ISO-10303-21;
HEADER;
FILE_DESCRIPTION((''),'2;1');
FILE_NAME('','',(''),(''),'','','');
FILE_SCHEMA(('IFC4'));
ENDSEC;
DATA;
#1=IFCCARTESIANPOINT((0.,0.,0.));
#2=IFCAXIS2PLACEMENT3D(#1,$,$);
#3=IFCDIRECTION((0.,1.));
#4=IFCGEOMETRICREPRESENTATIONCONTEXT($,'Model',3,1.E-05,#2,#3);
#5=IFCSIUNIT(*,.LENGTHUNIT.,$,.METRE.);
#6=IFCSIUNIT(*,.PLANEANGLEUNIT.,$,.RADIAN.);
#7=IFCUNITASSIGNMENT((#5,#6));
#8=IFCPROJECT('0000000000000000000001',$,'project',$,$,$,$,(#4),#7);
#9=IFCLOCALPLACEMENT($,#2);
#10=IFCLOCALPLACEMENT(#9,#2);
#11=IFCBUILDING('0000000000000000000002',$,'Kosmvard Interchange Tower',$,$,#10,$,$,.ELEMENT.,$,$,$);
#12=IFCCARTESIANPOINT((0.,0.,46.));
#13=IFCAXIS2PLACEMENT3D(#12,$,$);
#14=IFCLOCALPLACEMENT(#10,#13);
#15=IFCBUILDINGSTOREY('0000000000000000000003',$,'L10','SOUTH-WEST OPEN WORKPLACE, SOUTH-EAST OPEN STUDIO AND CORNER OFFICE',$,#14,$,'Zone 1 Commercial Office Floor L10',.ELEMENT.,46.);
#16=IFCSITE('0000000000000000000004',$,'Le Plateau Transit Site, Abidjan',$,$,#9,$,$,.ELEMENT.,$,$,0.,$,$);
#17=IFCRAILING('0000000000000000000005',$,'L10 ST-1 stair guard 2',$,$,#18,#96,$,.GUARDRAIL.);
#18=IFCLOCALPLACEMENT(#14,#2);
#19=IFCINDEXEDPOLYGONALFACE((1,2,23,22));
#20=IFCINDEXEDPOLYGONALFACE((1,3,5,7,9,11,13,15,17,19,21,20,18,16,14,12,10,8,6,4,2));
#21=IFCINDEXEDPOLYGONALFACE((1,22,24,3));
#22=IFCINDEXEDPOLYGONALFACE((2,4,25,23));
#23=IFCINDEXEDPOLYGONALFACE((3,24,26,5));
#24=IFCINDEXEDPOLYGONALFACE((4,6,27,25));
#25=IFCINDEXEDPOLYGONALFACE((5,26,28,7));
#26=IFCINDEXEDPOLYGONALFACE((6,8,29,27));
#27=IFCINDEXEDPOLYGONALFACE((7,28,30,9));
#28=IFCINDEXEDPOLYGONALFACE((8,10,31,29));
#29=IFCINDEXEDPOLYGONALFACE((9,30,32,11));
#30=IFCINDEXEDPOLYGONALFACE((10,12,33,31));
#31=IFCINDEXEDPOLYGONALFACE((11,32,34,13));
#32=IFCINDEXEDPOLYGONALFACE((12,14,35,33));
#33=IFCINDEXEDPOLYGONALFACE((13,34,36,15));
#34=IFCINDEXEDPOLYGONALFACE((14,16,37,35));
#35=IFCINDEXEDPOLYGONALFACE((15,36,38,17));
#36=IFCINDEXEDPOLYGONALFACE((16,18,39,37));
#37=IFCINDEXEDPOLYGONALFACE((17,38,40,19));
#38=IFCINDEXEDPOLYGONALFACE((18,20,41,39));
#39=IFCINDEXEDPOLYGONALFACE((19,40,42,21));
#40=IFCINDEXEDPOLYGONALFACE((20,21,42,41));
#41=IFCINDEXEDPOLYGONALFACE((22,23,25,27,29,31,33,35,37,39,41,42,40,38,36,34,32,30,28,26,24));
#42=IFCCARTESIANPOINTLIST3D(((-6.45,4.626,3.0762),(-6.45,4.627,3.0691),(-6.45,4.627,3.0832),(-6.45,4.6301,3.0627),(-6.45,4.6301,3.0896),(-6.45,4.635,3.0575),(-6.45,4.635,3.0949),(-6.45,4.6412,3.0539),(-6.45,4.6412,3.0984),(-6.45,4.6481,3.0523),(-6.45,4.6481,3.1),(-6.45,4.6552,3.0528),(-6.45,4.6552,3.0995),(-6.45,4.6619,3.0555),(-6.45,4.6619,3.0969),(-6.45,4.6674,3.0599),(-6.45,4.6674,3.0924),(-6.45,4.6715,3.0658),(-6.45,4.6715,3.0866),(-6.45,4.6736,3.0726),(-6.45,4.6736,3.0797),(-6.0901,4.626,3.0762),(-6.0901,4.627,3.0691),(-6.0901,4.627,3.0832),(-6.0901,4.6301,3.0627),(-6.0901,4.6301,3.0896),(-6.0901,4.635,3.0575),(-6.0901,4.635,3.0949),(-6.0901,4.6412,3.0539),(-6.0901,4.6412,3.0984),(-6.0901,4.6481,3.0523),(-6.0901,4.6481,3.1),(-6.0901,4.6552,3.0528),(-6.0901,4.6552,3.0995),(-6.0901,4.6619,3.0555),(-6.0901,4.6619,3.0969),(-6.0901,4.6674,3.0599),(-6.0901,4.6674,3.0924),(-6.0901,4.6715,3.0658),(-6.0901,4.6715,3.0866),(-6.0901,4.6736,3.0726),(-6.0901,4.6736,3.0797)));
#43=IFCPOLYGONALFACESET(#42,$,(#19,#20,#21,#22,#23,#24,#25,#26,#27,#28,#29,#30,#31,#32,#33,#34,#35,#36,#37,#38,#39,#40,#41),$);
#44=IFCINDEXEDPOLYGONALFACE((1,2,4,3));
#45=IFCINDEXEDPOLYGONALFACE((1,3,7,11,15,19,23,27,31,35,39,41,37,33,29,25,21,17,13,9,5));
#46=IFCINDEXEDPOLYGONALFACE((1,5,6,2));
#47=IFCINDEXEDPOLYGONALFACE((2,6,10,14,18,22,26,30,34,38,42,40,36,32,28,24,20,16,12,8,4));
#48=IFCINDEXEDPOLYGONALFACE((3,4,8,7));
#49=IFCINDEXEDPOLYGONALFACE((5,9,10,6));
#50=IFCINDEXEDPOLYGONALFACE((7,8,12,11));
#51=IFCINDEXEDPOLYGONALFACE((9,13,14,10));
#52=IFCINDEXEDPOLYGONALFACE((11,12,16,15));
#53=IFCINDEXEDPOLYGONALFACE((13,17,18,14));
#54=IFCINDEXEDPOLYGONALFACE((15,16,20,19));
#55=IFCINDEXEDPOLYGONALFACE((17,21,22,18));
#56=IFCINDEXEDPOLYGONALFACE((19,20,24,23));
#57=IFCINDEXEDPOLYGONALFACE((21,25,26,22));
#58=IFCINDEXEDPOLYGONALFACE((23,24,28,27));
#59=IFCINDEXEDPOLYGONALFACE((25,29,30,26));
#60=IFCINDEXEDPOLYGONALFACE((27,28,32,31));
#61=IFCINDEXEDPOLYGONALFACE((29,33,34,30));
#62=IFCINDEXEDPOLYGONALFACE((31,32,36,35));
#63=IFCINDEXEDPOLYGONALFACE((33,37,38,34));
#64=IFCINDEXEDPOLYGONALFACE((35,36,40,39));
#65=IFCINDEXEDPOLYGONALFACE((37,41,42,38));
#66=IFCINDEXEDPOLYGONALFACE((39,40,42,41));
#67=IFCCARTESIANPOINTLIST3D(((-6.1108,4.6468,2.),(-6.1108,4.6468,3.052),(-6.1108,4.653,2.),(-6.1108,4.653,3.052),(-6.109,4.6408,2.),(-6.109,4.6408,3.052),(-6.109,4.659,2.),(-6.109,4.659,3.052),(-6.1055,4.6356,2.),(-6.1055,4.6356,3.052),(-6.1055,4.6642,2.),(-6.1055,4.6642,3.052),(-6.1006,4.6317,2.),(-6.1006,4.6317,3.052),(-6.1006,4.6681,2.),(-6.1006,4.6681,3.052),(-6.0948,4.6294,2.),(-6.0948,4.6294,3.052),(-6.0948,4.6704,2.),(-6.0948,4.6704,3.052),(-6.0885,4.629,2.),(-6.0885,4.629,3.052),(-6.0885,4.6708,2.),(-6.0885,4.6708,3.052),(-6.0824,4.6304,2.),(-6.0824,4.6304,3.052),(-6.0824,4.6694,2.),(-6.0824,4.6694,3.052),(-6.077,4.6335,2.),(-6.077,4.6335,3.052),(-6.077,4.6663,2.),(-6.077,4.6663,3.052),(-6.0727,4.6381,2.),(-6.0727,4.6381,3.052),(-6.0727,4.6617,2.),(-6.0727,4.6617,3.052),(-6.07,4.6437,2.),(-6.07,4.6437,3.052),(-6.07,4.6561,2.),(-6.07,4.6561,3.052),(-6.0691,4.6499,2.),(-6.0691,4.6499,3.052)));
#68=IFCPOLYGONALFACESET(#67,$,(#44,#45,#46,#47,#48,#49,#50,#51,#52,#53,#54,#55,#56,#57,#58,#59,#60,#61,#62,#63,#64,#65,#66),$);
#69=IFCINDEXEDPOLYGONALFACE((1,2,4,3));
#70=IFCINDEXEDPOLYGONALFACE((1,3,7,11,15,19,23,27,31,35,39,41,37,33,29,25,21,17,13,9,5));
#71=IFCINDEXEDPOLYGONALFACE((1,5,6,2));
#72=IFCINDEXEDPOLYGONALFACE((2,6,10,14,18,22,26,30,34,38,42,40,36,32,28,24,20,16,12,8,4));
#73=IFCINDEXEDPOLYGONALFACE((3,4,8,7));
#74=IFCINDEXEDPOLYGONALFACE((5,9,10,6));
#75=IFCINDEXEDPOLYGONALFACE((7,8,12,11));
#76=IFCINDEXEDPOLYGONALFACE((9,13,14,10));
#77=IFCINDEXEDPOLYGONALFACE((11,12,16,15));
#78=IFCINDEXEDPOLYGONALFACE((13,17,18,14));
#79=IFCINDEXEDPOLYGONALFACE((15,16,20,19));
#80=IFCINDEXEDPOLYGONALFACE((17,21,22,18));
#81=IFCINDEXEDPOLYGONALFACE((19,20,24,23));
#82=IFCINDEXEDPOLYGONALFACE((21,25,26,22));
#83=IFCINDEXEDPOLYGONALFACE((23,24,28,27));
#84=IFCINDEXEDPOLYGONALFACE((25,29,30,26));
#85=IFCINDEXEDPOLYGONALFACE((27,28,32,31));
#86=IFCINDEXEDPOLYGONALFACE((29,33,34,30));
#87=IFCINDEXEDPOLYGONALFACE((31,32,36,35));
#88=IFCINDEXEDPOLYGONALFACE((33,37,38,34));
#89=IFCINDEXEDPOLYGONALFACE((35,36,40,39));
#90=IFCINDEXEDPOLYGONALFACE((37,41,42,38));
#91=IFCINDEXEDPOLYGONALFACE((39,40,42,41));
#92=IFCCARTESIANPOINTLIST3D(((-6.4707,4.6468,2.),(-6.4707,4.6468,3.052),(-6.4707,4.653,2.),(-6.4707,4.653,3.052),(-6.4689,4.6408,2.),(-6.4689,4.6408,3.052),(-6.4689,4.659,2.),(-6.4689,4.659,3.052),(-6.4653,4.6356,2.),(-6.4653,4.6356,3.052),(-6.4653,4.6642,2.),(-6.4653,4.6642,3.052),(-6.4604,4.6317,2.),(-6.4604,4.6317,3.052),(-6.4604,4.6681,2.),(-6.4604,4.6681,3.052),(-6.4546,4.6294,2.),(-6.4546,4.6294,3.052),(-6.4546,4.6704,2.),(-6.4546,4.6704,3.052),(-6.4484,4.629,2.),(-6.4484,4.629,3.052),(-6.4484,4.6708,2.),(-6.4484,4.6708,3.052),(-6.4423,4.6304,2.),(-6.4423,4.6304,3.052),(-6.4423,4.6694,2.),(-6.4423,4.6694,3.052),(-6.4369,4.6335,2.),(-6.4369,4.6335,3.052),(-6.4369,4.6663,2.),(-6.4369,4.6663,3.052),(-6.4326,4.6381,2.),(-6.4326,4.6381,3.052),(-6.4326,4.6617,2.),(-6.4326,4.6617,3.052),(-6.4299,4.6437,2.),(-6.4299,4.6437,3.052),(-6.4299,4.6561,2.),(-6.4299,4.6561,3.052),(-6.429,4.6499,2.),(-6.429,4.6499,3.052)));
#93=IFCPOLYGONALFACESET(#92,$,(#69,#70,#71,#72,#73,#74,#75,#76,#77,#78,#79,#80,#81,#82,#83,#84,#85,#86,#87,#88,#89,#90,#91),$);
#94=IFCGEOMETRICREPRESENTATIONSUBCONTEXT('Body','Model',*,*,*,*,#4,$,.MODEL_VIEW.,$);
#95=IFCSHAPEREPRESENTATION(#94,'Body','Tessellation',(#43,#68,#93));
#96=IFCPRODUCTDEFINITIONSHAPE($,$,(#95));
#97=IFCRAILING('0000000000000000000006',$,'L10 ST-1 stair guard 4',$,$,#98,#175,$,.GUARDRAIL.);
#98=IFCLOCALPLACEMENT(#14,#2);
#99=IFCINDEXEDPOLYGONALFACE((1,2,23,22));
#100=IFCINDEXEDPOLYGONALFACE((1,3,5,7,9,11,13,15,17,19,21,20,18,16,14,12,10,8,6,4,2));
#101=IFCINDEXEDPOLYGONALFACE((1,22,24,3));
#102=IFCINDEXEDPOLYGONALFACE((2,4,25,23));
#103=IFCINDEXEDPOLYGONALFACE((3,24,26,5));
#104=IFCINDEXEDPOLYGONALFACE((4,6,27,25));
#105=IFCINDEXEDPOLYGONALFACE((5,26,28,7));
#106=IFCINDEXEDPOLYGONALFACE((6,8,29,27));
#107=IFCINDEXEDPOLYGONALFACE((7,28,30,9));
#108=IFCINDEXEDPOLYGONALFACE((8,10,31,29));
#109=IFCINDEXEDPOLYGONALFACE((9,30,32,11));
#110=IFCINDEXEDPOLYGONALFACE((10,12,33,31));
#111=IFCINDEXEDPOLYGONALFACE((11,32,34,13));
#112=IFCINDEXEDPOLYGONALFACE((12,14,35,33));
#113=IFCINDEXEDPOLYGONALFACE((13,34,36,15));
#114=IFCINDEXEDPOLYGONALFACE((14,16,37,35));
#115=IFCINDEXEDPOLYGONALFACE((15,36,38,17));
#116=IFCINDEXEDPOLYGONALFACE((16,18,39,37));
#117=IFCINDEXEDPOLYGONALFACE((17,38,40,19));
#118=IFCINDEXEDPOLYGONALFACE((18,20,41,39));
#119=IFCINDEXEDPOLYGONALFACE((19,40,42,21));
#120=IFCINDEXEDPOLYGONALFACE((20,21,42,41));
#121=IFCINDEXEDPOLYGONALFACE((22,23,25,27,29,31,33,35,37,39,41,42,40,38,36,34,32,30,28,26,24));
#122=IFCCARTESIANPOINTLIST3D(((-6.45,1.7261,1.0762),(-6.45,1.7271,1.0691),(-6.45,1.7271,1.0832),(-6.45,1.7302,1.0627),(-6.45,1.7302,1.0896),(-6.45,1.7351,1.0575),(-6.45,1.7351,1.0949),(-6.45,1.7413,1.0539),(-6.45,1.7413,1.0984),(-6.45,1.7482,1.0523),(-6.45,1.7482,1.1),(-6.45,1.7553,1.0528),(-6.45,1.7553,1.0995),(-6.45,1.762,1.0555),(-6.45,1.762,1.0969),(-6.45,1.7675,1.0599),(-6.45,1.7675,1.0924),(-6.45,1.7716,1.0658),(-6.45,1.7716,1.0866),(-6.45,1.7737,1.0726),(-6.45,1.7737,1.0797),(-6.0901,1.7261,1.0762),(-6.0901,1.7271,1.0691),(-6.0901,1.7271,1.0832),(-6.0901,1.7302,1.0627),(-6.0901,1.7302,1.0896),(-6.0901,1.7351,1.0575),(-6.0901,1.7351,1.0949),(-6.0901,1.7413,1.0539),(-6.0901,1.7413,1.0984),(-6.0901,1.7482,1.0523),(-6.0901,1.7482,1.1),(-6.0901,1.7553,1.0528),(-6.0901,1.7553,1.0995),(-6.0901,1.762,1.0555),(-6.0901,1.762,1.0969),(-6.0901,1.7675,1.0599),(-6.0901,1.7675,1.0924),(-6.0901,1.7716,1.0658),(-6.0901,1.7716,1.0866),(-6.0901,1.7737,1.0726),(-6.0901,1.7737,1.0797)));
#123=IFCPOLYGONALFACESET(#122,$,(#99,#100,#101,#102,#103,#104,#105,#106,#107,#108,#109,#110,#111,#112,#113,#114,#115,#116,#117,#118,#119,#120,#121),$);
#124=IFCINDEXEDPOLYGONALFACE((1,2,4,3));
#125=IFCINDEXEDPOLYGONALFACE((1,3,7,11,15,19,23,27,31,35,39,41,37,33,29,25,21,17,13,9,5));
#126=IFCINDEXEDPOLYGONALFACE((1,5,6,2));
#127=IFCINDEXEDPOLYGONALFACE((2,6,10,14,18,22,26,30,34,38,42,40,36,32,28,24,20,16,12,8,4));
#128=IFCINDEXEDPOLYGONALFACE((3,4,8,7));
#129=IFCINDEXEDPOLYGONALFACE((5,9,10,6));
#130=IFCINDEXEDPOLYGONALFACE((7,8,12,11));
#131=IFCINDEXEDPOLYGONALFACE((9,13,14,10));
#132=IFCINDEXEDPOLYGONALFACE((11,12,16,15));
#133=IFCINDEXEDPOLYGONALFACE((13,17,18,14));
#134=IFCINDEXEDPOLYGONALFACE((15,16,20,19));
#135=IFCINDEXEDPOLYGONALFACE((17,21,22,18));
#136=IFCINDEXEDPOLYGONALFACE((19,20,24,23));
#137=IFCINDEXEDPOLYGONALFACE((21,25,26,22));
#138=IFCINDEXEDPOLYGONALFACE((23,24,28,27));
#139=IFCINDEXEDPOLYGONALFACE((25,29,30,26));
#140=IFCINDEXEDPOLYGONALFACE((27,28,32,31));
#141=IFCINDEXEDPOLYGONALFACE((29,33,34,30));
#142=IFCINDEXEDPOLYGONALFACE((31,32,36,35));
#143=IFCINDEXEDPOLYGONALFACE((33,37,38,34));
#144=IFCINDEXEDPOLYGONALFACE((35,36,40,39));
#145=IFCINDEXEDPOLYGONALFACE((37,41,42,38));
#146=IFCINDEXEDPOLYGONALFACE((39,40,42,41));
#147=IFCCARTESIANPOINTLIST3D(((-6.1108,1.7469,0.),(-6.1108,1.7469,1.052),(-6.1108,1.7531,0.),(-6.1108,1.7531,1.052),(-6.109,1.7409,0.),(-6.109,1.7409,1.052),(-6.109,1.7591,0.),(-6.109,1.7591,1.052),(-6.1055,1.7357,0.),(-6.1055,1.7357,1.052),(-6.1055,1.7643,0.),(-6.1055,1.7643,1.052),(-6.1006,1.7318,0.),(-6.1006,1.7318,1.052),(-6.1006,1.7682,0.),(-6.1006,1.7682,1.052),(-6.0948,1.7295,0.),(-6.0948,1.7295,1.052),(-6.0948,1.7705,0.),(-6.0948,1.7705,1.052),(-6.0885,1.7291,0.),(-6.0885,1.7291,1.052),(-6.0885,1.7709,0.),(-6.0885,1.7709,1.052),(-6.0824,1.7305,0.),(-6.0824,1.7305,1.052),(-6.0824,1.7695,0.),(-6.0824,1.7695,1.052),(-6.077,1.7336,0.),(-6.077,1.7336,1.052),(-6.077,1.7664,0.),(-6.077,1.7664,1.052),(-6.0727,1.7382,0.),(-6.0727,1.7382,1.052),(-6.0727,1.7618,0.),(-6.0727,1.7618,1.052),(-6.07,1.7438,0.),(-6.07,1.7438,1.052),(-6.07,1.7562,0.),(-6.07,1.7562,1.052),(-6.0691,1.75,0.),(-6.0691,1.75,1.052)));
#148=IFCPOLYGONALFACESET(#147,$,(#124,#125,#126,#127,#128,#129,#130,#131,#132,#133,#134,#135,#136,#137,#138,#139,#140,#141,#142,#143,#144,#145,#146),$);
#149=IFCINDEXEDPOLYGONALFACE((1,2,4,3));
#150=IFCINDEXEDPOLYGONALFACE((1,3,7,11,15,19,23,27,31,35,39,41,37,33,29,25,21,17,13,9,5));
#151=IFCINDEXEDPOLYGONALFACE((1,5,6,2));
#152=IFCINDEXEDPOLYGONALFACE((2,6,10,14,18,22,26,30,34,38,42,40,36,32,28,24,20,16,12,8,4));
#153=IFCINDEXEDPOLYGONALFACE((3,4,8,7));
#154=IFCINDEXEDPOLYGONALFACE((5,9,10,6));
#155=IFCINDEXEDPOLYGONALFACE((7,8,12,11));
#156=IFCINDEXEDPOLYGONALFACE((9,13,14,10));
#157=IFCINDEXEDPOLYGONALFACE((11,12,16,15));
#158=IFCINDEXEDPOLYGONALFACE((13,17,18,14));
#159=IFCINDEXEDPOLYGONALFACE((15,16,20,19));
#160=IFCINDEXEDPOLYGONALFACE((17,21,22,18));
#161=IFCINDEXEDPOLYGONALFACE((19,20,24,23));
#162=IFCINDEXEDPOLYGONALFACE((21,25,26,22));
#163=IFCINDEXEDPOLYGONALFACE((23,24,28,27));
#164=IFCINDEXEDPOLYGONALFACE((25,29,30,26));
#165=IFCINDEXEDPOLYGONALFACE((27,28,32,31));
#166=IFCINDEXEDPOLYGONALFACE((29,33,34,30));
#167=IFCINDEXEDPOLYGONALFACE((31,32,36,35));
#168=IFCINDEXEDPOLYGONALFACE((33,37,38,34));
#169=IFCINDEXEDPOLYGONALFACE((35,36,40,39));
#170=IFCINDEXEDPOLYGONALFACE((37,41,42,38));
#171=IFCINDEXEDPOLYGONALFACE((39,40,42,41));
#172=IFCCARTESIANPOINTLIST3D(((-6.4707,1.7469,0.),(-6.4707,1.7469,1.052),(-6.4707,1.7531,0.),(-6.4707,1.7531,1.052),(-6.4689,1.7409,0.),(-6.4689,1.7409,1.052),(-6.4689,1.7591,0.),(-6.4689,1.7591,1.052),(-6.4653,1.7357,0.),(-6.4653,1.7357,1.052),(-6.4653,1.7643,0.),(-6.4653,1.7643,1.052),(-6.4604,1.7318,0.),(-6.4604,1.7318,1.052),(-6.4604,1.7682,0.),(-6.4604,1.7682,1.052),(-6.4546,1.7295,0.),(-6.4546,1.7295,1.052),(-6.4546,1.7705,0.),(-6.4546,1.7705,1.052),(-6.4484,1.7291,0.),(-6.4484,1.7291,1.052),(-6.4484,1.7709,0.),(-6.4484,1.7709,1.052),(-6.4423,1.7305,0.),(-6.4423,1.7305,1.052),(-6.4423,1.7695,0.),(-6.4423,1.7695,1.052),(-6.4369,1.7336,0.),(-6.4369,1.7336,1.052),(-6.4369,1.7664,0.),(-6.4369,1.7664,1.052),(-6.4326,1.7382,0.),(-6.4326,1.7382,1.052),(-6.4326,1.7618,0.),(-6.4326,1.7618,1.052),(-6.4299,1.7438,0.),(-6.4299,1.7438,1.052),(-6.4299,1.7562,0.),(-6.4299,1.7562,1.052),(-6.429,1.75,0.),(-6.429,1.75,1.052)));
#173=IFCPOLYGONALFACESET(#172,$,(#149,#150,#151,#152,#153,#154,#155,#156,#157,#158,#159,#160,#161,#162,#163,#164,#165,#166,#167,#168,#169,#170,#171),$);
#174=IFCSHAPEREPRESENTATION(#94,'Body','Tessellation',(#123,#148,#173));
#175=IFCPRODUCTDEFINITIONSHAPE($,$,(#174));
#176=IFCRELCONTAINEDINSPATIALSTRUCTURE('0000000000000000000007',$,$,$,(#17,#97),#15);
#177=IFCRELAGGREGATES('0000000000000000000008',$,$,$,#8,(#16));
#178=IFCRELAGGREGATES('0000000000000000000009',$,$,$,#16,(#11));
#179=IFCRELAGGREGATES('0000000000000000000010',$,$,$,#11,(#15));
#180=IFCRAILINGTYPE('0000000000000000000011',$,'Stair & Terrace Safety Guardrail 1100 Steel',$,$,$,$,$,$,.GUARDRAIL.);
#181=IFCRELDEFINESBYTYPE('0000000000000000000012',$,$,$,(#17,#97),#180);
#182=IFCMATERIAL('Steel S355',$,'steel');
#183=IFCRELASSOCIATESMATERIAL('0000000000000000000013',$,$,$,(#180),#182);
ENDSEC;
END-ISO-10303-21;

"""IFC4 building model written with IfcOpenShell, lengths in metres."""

from ifc_helpers import new_model, si_unit, direction, frame, origin, origin_2d, place, context, subcontext, project, spatial, circle, extrude, source, transform, mapped, material, type_object, element, save


model = new_model("IFC4")

# Units and contexts
model_context = context("Model", 3, precision=1e-05, world=origin(), true_north=direction((0.0, 1.0)))
body_context = subcontext(model_context, "Body", "Model", "MODEL_VIEW")
ifc_project = project(units=[si_unit("LENGTHUNIT", "METRE"), si_unit("PLANEANGLEUNIT", "RADIAN")], contexts=[model_context])

# Site, building, storey
site_placement = place(None, origin())
site = spatial("IfcSite", under=ifc_project, at=site_placement, Name="Le Plateau Transit Site, Abidjan", CompositionType="ELEMENT", RefElevation=0.0)
building_placement = place(site_placement, origin())
building = spatial("IfcBuilding", under=site, at=building_placement, Name="Kosmvard Interchange Tower", CompositionType="ELEMENT")
storey_placement = place(building_placement, frame((0.0, 0.0, 46.0)))
storey = spatial("IfcBuildingStorey", under=building, at=storey_placement, Name="L10", Description="SOUTH-WEST OPEN WORKPLACE, SOUTH-EAST OPEN STUDIO AND CORNER OFFICE", LongName="Zone 1 Commercial Office Floor L10", CompositionType="ELEMENT", Elevation=46.0)

# Shared definitions
ifc_material_1 = material(Name="Steel S355", Category="steel")

# Railings
railing_type_1 = type_object("IfcRailingType", Name="Stair & Terrace Safety Guardrail 1100 Steel", PredefinedType="GUARDRAIL", material=ifc_material_1)
shared_shape_1 = source(origin(), body_context, "Body", "SweptSolid", [
    extrude(circle(Radius=0.0239, at=origin_2d()), frame((0.0, 0.0, 1.0762), z_axis=(-1.0, 0.0, 0.0), x_axis=(0.0, -1.0, 0.0)), (0.0, 0.0, 1.0), 0.3599),
    extrude(circle(Radius=0.021, at=origin_2d()), origin(), (0.0, 0.0, 1.0), 1.052),
    extrude(circle(Radius=0.021, at=origin_2d()), frame((-0.3599, 0.0, 0.0)), (0.0, 0.0, 1.0), 1.052),
])
for number, where, name in (
    (1, (-6.0901, 4.6499, 2.0), "L10 ST-1 stair guard 2"),
    (2, (-6.0901, 1.75, 0.0), "L10 ST-1 stair guard 4"),
):
    element("IfcRailing", number, at=place(storey_placement, frame(where)), inside=storey, type_object=railing_type_1, Name=name, PredefinedType="GUARDRAIL", context=body_context, shape_type="MappedRepresentation", body=[
        mapped(shared_shape_1, transform((0.0, 0.0, 0.0), scale=1.0)),
    ])

save(model, "model.ifc")
